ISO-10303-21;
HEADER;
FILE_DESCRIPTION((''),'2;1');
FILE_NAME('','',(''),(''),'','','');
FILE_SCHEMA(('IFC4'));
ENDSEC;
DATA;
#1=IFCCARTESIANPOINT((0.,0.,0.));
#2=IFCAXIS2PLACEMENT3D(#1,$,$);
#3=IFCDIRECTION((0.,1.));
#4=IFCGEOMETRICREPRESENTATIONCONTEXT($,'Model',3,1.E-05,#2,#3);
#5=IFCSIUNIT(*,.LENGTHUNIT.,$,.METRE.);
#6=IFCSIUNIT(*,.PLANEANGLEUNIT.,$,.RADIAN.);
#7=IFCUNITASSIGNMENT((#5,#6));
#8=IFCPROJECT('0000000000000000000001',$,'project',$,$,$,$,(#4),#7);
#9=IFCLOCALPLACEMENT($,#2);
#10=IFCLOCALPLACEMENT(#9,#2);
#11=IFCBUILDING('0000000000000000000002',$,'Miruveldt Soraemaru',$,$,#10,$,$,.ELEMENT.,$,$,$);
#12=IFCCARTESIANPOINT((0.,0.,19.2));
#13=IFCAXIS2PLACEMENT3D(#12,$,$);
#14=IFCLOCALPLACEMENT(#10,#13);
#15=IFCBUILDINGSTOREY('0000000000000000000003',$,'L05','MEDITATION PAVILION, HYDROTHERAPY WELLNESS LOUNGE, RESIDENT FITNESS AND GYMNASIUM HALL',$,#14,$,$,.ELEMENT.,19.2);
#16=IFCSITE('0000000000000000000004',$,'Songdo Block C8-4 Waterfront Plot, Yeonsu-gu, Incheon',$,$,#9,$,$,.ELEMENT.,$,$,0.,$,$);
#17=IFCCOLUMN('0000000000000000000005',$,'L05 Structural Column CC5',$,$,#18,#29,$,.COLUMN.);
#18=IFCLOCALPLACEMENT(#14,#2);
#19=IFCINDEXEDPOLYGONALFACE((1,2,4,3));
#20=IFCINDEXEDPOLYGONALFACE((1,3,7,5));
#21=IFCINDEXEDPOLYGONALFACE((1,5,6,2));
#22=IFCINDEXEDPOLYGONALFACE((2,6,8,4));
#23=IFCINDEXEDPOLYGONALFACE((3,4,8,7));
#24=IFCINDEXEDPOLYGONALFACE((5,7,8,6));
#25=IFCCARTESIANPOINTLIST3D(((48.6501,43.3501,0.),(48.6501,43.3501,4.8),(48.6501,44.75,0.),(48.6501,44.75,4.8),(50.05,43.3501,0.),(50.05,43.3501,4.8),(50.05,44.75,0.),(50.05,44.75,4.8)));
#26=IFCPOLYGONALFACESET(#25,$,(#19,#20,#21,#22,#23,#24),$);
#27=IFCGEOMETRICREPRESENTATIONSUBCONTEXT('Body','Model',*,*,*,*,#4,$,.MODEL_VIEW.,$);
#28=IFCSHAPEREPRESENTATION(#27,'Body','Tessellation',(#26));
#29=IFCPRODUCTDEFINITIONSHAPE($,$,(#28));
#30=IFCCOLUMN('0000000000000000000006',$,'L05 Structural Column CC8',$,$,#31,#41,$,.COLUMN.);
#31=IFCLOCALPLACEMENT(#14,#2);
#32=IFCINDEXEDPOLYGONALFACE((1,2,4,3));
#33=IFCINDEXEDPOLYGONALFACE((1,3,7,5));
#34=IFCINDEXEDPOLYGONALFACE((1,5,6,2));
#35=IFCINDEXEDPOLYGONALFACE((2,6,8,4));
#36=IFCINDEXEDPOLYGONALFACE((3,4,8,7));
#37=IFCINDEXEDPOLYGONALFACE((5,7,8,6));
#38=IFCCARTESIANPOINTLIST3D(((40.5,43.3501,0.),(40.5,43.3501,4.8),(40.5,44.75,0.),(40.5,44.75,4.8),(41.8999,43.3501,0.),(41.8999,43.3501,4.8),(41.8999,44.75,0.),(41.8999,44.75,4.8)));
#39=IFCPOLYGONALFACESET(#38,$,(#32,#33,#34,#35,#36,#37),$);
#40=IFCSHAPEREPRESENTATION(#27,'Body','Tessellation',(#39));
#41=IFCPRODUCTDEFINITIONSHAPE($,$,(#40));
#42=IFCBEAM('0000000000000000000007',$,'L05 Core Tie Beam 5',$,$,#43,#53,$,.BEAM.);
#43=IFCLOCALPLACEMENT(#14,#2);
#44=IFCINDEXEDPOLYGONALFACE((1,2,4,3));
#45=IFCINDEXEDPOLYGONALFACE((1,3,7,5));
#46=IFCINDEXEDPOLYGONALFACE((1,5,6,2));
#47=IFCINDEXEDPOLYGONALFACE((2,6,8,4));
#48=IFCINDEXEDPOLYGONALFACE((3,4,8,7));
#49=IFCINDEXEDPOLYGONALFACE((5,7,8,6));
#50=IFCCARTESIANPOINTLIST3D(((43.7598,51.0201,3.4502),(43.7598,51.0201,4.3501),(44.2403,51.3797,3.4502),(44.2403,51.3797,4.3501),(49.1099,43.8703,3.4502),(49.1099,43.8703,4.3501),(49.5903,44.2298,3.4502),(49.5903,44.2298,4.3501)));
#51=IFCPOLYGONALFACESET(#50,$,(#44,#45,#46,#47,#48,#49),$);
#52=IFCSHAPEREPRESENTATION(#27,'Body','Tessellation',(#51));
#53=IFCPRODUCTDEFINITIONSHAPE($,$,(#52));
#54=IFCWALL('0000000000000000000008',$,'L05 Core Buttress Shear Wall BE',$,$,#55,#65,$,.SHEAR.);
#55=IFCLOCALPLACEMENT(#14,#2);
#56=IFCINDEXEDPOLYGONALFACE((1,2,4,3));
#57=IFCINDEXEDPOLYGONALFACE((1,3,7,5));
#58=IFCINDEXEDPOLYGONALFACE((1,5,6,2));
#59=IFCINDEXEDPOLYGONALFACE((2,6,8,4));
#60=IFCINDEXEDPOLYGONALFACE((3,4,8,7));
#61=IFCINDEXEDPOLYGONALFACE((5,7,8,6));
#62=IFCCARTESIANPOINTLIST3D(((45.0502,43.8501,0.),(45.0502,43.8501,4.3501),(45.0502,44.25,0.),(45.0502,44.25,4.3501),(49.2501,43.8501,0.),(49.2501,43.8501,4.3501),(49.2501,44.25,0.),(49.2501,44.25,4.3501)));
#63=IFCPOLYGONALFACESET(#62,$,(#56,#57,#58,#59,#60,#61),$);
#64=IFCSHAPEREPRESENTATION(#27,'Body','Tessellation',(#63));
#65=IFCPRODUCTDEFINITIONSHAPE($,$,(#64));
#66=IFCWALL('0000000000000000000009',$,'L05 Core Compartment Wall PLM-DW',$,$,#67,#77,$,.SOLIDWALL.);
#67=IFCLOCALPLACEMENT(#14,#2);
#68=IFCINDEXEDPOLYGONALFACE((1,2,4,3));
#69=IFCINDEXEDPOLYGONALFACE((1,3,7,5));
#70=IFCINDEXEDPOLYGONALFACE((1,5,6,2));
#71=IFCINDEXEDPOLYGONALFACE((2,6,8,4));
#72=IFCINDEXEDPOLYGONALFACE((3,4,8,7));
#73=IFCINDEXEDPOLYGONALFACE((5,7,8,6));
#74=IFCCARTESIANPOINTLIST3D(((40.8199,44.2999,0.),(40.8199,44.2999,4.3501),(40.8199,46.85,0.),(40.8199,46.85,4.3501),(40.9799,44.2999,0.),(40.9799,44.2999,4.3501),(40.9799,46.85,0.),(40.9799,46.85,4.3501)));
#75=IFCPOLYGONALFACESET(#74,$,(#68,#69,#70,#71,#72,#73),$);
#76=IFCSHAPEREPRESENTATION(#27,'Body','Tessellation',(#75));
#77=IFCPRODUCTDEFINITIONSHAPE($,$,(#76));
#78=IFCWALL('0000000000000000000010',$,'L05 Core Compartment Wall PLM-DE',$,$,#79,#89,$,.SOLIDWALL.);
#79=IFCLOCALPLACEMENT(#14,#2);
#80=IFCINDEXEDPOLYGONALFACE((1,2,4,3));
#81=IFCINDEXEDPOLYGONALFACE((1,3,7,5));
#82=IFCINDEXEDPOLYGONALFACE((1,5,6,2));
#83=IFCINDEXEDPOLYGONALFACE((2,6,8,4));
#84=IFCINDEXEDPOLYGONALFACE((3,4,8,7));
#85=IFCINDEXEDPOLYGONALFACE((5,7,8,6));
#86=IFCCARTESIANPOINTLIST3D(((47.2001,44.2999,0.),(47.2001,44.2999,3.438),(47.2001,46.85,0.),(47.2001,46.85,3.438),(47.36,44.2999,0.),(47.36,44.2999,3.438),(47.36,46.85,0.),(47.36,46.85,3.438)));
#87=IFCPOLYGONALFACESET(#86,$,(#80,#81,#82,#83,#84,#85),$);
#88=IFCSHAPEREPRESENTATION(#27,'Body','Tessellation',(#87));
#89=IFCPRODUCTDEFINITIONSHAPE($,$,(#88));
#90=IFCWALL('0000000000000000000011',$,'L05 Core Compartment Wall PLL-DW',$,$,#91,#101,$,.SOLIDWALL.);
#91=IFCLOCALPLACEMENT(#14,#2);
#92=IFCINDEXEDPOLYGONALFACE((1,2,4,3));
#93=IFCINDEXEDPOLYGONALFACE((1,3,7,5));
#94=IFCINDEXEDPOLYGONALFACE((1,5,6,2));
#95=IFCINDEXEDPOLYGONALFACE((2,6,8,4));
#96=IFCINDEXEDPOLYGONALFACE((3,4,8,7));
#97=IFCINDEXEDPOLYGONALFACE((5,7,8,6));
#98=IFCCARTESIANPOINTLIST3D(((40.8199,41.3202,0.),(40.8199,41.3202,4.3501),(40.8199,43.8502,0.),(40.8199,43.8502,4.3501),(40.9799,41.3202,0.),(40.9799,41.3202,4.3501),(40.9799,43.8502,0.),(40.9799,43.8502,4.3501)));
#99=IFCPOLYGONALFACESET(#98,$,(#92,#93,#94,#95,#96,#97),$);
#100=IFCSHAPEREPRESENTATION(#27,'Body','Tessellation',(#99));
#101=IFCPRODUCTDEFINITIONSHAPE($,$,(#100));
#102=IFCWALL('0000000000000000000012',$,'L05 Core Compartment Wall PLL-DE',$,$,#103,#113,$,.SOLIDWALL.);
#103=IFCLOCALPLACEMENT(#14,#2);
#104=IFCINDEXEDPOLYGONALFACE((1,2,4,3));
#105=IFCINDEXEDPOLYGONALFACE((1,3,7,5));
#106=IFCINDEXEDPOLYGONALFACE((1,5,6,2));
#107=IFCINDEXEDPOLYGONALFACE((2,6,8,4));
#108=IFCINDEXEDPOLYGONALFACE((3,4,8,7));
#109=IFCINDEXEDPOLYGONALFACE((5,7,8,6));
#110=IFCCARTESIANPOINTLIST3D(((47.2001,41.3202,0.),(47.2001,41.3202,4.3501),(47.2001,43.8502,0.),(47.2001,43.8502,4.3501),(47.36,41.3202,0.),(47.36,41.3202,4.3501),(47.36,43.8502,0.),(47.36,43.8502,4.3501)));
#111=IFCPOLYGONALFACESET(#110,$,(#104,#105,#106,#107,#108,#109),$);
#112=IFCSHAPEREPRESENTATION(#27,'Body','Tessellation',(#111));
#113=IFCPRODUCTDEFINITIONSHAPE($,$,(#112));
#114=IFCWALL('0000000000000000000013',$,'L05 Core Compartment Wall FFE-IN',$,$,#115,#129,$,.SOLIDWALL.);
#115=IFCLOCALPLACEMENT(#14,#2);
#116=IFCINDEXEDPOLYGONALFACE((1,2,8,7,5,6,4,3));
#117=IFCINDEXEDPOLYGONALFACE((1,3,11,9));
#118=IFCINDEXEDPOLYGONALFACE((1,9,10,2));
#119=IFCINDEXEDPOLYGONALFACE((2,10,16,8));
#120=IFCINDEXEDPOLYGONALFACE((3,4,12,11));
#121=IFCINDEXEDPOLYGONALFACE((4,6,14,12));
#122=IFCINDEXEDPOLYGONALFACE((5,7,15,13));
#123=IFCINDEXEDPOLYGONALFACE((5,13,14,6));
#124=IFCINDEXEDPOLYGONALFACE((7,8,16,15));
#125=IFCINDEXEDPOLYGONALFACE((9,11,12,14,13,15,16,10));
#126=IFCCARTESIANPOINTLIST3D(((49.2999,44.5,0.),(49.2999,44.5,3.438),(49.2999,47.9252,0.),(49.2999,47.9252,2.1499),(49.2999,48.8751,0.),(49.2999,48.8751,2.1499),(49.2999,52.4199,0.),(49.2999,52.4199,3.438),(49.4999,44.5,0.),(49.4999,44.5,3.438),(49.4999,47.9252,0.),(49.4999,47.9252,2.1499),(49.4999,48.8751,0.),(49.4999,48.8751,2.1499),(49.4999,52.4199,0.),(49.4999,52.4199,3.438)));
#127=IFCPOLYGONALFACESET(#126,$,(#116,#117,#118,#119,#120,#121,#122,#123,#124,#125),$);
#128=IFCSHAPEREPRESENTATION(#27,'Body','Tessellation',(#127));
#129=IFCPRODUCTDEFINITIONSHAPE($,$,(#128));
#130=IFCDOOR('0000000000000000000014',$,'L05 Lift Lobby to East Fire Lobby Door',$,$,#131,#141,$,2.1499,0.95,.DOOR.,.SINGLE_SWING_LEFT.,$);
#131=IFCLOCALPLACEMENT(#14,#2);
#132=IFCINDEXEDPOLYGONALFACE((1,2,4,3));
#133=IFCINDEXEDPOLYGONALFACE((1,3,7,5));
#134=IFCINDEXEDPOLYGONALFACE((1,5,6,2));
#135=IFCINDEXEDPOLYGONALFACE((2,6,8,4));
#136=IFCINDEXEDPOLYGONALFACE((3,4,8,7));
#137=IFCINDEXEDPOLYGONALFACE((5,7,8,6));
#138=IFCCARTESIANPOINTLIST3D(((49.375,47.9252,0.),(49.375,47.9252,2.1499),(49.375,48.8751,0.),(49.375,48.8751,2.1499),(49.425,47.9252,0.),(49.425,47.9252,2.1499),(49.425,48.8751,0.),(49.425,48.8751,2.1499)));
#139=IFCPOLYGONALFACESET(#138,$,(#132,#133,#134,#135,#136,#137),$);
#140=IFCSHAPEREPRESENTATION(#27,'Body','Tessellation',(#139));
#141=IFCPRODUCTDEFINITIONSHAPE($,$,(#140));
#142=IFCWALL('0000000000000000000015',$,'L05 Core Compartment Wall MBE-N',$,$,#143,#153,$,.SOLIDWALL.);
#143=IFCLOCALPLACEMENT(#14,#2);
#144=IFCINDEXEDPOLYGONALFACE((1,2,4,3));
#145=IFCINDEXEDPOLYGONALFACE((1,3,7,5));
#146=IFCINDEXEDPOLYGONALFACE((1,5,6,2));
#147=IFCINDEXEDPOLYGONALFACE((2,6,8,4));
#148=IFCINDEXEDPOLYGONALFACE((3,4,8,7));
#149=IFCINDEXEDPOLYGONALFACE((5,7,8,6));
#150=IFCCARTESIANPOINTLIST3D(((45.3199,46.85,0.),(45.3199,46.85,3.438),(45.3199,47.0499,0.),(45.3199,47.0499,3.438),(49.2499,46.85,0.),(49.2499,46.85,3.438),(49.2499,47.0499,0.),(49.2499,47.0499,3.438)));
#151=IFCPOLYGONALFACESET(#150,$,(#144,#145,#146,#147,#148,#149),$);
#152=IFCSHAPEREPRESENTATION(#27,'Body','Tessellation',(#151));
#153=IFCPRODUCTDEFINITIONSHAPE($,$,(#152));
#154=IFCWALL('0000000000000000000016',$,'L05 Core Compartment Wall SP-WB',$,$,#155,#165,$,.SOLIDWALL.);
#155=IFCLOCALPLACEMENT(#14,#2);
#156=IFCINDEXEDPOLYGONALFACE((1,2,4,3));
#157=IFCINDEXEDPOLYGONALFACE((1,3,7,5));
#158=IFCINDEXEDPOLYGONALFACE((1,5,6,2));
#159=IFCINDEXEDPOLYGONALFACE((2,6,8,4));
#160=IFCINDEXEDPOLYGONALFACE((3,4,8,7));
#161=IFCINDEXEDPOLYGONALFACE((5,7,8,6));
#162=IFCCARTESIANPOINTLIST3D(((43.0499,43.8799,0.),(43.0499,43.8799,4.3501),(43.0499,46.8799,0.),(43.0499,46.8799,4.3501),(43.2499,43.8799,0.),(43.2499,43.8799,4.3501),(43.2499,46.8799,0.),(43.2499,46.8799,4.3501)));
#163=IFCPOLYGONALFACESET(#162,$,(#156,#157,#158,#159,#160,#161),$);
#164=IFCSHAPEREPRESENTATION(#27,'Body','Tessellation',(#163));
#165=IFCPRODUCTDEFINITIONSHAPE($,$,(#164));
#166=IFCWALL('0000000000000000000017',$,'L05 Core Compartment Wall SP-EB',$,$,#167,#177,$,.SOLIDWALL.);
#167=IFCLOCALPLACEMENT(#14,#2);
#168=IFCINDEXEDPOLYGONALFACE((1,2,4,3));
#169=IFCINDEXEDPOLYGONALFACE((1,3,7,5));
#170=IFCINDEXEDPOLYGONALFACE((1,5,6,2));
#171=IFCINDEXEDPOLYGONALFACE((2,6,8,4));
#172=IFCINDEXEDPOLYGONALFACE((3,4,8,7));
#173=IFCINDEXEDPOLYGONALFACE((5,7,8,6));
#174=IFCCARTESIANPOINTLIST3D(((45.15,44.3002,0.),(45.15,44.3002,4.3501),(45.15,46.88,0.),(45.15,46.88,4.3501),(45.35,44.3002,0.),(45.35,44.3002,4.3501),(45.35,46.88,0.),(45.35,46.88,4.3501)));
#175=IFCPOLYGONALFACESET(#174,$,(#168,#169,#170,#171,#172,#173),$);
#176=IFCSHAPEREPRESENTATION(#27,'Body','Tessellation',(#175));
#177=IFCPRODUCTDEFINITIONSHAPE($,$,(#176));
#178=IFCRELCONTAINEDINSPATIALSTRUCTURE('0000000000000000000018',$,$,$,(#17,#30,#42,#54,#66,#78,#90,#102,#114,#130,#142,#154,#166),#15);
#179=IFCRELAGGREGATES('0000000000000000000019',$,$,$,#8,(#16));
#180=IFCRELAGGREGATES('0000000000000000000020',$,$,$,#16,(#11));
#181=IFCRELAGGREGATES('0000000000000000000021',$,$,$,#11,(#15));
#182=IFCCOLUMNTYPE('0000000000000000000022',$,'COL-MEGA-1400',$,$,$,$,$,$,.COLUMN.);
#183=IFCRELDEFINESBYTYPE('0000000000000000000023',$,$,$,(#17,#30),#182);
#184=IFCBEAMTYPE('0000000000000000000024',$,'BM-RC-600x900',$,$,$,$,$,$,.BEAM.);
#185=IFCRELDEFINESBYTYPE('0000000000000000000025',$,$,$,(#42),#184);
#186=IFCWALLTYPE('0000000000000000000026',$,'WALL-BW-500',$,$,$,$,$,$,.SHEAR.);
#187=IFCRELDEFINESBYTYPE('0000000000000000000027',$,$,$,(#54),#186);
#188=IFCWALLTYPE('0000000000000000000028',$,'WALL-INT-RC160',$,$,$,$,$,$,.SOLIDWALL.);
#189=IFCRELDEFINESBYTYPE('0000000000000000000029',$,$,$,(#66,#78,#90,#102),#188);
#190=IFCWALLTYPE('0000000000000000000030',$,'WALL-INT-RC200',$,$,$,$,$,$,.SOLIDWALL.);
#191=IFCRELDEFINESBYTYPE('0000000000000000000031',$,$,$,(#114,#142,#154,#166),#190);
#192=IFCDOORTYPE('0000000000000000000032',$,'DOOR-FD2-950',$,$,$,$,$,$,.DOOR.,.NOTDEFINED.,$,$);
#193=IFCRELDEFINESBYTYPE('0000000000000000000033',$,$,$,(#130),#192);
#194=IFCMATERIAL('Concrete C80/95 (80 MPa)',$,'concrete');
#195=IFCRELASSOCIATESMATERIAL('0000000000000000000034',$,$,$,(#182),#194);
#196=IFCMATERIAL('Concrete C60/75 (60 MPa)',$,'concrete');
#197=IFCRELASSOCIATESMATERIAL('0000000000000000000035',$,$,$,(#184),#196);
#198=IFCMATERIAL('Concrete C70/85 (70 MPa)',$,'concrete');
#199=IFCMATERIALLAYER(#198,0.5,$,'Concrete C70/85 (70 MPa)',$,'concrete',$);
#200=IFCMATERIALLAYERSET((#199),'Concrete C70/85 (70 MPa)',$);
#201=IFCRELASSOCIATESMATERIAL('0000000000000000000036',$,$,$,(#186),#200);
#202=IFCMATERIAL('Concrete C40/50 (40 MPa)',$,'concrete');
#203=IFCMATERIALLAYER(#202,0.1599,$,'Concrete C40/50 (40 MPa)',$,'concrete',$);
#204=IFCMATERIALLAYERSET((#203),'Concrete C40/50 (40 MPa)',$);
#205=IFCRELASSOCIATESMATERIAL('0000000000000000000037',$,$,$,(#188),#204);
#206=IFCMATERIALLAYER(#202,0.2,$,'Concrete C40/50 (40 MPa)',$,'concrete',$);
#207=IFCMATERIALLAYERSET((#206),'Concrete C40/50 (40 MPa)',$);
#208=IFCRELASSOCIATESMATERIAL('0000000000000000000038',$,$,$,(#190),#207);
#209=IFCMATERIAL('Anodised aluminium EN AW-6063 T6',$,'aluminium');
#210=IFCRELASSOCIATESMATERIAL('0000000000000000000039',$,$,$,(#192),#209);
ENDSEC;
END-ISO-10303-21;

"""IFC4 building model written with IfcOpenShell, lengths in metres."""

from ifc_helpers import new_model, si_unit, direction, frame, frame_2d, origin, origin_2d, place, context, subcontext, project, spatial, rectangle, extrude, material, layer, layer_set, material_profile, profile_set, type_object, element, fill, save


model = new_model("IFC4")

# Units and contexts
model_context = context("Model", 3, precision=1e-05, world=origin(), true_north=direction((0.0, 1.0)))
body_context = subcontext(model_context, "Body", "Model", "MODEL_VIEW")
ifc_project = project(units=[si_unit("LENGTHUNIT", "METRE"), si_unit("PLANEANGLEUNIT", "RADIAN")], contexts=[model_context])

# Site, building, storey
site_placement = place(None, origin())
site = spatial("IfcSite", under=ifc_project, at=site_placement, Name="Songdo Block C8-4 Waterfront Plot, Yeonsu-gu, Incheon", CompositionType="ELEMENT", RefElevation=0.0)
building_placement = place(site_placement, origin())
building = spatial("IfcBuilding", under=site, at=building_placement, Name="Miruveldt Soraemaru", CompositionType="ELEMENT")
storey_placement = place(building_placement, frame((0.0, 0.0, 19.2)))
storey = spatial("IfcBuildingStorey", under=building, at=storey_placement, Name="L05", Description="MEDITATION PAVILION, HYDROTHERAPY WELLNESS LOUNGE, RESIDENT FITNESS AND GYMNASIUM HALL", CompositionType="ELEMENT", Elevation=19.2)

# Columns
ifc_material_1 = material(Name="Concrete C80/95 (80 MPa)", Category="concrete")
ifc_material_profile_1 = material_profile(ifc_material_1, rectangle(XDim=1.3999, YDim=1.3999, at=origin_2d()), Name="Concrete C80/95 (80 MPa)", Category="concrete")
ifc_profile_set_1 = profile_set([ifc_material_profile_1], Name="Concrete C80/95 (80 MPa)")
column_type = type_object("IfcColumnType", Name="COL-MEGA-1400", PredefinedType="COLUMN", material=ifc_profile_set_1)
for number, where, z_axis, x_axis, name in (
    (1, (49.3501, 44.05, 0.0), (0.0, 0.0, 1.0), (1.0, 0.0, 0.0), "L05 Structural Column CC5"),
    (2, (41.2, 44.05, 0.0), (0.0, 0.0, 1.0), (1.0, 0.0, 0.0), "L05 Structural Column CC8"),
):
    element("IfcColumn", number, at=place(storey_placement, frame(where, z_axis=z_axis, x_axis=x_axis)), inside=storey, type_object=column_type, Name=name, PredefinedType="COLUMN", context=body_context, shape_type="SweptSolid", body=[
        extrude(rectangle(XDim=1.3999, YDim=1.3999, at=origin_2d()), origin(), (0.0, 0.0, 1.0), 4.8),
    ])

# Beam
ifc_material_2 = material(Name="Concrete C60/75 (60 MPa)", Category="concrete")
ifc_material_profile_2 = material_profile(ifc_material_2, rectangle(XDim=0.6001, YDim=0.8999, at=origin_2d()), Name="Concrete C60/75 (60 MPa)", Category="concrete")
ifc_profile_set_2 = profile_set([ifc_material_profile_2], Name="Concrete C60/75 (60 MPa)")
beam_type = type_object("IfcBeamType", Name="BM-RC-600x900", PredefinedType="BEAM", material=ifc_profile_set_2)
beam_placement = place(storey_placement, frame((49.3501, 44.05, 3.9001), z_axis=(-0.599116, 0.800662, 0.0), x_axis=(-0.800662, -0.599116, 0.0)))
element("IfcBeam", 3, at=beam_placement, inside=storey, type_object=beam_type, Name="L05 Core Tie Beam 5", PredefinedType="BEAM", context=body_context, shape_type="SweptSolid", body=[
    extrude(rectangle(XDim=0.6001, YDim=0.8999, at=origin_2d()), origin(), (0.0, 0.0, 1.0), 8.9299),
])

# Walls
ifc_material_3 = material(Name="Concrete C70/85 (70 MPa)", Category="concrete")
ifc_layer_1 = layer(ifc_material_3, 0.5, Name="Concrete C70/85 (70 MPa)", Category="concrete")
ifc_layer_set_1 = layer_set([ifc_layer_1], Name="Concrete C70/85 (70 MPa)")
wall_type_1 = type_object("IfcWallType", Name="WALL-BW-500", PredefinedType="SHEAR", material=ifc_layer_set_1)
wall_1_placement = place(storey_placement, frame((45.05, 44.05, 0.0), z_axis=(0.0, 0.0, 1.0), x_axis=(1.0, 0.0, 0.0)))
element("IfcWall", 4, at=wall_1_placement, inside=storey, type_object=wall_type_1, Name="L05 Core Buttress Shear Wall BE", PredefinedType="SHEAR", context=body_context, shape_type="SweptSolid", body=[
    extrude(rectangle(XDim=4.2, YDim=0.3999, at=frame_2d((2.1001, 0.0))), origin(), (0.0, 0.0, 1.0), 4.3501),
])
ifc_material_4 = material(Name="Concrete C40/50 (40 MPa)", Category="concrete")
ifc_layer_2 = layer(ifc_material_4, 0.1599, Name="Concrete C40/50 (40 MPa)", Category="concrete")
ifc_layer_set_2 = layer_set([ifc_layer_2], Name="Concrete C40/50 (40 MPa)")
wall_type_2 = type_object("IfcWallType", Name="WALL-INT-RC160", PredefinedType="SOLIDWALL", material=ifc_layer_set_2)
wall_2_placement = place(storey_placement, frame((40.8999, 44.3, 0.0), z_axis=(0.0, 0.0, 1.0), x_axis=(0.0, 1.0, 0.0)))
element("IfcWall", 5, at=wall_2_placement, inside=storey, type_object=wall_type_2, Name="L05 Core Compartment Wall PLM-DW", PredefinedType="SOLIDWALL", context=body_context, shape_type="SweptSolid", body=[
    extrude(rectangle(XDim=2.55, YDim=0.1599, at=frame_2d((1.2749, 0.0))), origin(), (0.0, 0.0, 1.0), 4.3501),
])
wall_3_placement = place(storey_placement, frame((47.28, 44.3, 0.0), z_axis=(0.0, 0.0, 1.0), x_axis=(0.0, 1.0, 0.0)))
element("IfcWall", 6, at=wall_3_placement, inside=storey, type_object=wall_type_2, Name="L05 Core Compartment Wall PLM-DE", PredefinedType="SOLIDWALL", context=body_context, shape_type="SweptSolid", body=[
    extrude(rectangle(XDim=2.55, YDim=0.1599, at=frame_2d((1.2749, 0.0))), origin(), (0.0, 0.0, 1.0), 3.438),
])
for number, where, z_axis, x_axis, name in (
    (7, (40.8999, 41.3201, 0.0), (0.0, 0.0, 1.0), (0.0, 1.0, 0.0), "L05 Core Compartment Wall PLL-DW"),
    (8, (47.28, 41.3201, 0.0), (0.0, 0.0, 1.0), (0.0, 1.0, 0.0), "L05 Core Compartment Wall PLL-DE"),
):
    element("IfcWall", number, at=place(storey_placement, frame(where, z_axis=z_axis, x_axis=x_axis)), inside=storey, type_object=wall_type_2, Name=name, PredefinedType="SOLIDWALL", context=body_context, shape_type="SweptSolid", body=[
        extrude(rectangle(XDim=2.53, YDim=0.1599, at=frame_2d((1.2651, 0.0))), origin(), (0.0, 0.0, 1.0), 4.3501),
    ])

# Wall, opening, door
ifc_layer_3 = layer(ifc_material_4, 0.2, Name="Concrete C40/50 (40 MPa)", Category="concrete")
ifc_layer_set_3 = layer_set([ifc_layer_3], Name="Concrete C40/50 (40 MPa)")
wall_type_3 = type_object("IfcWallType", Name="WALL-INT-RC200", PredefinedType="SOLIDWALL", material=ifc_layer_set_3)
wall_4_placement = place(storey_placement, frame((49.3999, 44.5, 0.0), z_axis=(0.0, 0.0, 1.0), x_axis=(0.0, 1.0, 0.0)))
wall_4 = element("IfcWall", 9, at=wall_4_placement, inside=storey, type_object=wall_type_3, Name="L05 Core Compartment Wall FFE-IN", PredefinedType="SOLIDWALL", context=body_context, shape_type="SweptSolid", body=[
    extrude(rectangle(XDim=7.9199, YDim=0.2, at=frame_2d((3.96, 0.0))), origin(), (0.0, 0.0, 1.0), 3.438),
])
opening_1_placement = place(wall_4_placement, frame((3.425, 0.0, 0.0)))
opening_1 = element("IfcOpeningElement", 10, at=opening_1_placement, cuts=wall_4, PredefinedType="OPENING", context=body_context, shape_type="SweptSolid", body=[
    extrude(rectangle(XDim=0.95, YDim=2.1499, at=frame_2d((0.4751, 1.075))), frame((0.0, 0.1099, 0.0), z_axis=(0.0, -1.0, 0.0), x_axis=(1.0, 0.0, 0.0)), (0.0, 0.0, 1.0), 0.22),
])
ifc_material_5 = material(Name="Anodised aluminium EN AW-6063 T6", Category="aluminium")
door_type_1 = type_object("IfcDoorType", Name="DOOR-FD2-950", OperationType="NOTDEFINED", PredefinedType="DOOR", material=ifc_material_5)
door_1_placement = place(opening_1_placement, origin())
door_1 = element("IfcDoor", 11, at=door_1_placement, inside=storey, type_object=door_type_1, Name="L05 Lift Lobby to East Fire Lobby Door", OperationType="SINGLE_SWING_LEFT", OverallHeight=2.1499, OverallWidth=0.95, PredefinedType="DOOR", context=body_context, shape_type="SweptSolid", body=[
    extrude(rectangle(XDim=0.95, YDim=2.1499, at=frame_2d((0.4751, 1.075))), frame((0.0, 0.0249, 0.0), z_axis=(0.0, -1.0, 0.0), x_axis=(1.0, 0.0, 0.0)), (0.0, 0.0, 1.0), 0.05),
])
fill(opening_1, door_1)

# Walls
wall_5_placement = place(storey_placement, frame((45.3201, 46.95, 0.0), z_axis=(0.0, 0.0, 1.0), x_axis=(1.0, 0.0, 0.0)))
element("IfcWall", 12, at=wall_5_placement, inside=storey, type_object=wall_type_3, Name="L05 Core Compartment Wall MBE-N", PredefinedType="SOLIDWALL", context=body_context, shape_type="SweptSolid", body=[
    extrude(rectangle(XDim=3.9299, YDim=0.2, at=frame_2d((1.9648, 0.0))), origin(), (0.0, 0.0, 1.0), 3.438),
])
wall_6_placement = place(storey_placement, frame((43.1499, 43.8799, 0.0), z_axis=(0.0, 0.0, 1.0), x_axis=(0.0, 1.0, 0.0)))
element("IfcWall", 13, at=wall_6_placement, inside=storey, type_object=wall_type_3, Name="L05 Core Compartment Wall SP-WB", PredefinedType="SOLIDWALL", context=body_context, shape_type="SweptSolid", body=[
    extrude(rectangle(XDim=3.0, YDim=0.2, at=frame_2d((1.5, 0.0))), origin(), (0.0, 0.0, 1.0), 4.3501),
])
wall_7_placement = place(storey_placement, frame((45.25, 44.3, 0.0), z_axis=(0.0, 0.0, 1.0), x_axis=(0.0, 1.0, 0.0)))
element("IfcWall", 14, at=wall_7_placement, inside=storey, type_object=wall_type_3, Name="L05 Core Compartment Wall SP-EB", PredefinedType="SOLIDWALL", context=body_context, shape_type="SweptSolid", body=[
    extrude(rectangle(XDim=2.5798, YDim=0.2, at=frame_2d((1.29, 0.0))), origin(), (0.0, 0.0, 1.0), 4.3501),
])

save(model, "model.ifc")
